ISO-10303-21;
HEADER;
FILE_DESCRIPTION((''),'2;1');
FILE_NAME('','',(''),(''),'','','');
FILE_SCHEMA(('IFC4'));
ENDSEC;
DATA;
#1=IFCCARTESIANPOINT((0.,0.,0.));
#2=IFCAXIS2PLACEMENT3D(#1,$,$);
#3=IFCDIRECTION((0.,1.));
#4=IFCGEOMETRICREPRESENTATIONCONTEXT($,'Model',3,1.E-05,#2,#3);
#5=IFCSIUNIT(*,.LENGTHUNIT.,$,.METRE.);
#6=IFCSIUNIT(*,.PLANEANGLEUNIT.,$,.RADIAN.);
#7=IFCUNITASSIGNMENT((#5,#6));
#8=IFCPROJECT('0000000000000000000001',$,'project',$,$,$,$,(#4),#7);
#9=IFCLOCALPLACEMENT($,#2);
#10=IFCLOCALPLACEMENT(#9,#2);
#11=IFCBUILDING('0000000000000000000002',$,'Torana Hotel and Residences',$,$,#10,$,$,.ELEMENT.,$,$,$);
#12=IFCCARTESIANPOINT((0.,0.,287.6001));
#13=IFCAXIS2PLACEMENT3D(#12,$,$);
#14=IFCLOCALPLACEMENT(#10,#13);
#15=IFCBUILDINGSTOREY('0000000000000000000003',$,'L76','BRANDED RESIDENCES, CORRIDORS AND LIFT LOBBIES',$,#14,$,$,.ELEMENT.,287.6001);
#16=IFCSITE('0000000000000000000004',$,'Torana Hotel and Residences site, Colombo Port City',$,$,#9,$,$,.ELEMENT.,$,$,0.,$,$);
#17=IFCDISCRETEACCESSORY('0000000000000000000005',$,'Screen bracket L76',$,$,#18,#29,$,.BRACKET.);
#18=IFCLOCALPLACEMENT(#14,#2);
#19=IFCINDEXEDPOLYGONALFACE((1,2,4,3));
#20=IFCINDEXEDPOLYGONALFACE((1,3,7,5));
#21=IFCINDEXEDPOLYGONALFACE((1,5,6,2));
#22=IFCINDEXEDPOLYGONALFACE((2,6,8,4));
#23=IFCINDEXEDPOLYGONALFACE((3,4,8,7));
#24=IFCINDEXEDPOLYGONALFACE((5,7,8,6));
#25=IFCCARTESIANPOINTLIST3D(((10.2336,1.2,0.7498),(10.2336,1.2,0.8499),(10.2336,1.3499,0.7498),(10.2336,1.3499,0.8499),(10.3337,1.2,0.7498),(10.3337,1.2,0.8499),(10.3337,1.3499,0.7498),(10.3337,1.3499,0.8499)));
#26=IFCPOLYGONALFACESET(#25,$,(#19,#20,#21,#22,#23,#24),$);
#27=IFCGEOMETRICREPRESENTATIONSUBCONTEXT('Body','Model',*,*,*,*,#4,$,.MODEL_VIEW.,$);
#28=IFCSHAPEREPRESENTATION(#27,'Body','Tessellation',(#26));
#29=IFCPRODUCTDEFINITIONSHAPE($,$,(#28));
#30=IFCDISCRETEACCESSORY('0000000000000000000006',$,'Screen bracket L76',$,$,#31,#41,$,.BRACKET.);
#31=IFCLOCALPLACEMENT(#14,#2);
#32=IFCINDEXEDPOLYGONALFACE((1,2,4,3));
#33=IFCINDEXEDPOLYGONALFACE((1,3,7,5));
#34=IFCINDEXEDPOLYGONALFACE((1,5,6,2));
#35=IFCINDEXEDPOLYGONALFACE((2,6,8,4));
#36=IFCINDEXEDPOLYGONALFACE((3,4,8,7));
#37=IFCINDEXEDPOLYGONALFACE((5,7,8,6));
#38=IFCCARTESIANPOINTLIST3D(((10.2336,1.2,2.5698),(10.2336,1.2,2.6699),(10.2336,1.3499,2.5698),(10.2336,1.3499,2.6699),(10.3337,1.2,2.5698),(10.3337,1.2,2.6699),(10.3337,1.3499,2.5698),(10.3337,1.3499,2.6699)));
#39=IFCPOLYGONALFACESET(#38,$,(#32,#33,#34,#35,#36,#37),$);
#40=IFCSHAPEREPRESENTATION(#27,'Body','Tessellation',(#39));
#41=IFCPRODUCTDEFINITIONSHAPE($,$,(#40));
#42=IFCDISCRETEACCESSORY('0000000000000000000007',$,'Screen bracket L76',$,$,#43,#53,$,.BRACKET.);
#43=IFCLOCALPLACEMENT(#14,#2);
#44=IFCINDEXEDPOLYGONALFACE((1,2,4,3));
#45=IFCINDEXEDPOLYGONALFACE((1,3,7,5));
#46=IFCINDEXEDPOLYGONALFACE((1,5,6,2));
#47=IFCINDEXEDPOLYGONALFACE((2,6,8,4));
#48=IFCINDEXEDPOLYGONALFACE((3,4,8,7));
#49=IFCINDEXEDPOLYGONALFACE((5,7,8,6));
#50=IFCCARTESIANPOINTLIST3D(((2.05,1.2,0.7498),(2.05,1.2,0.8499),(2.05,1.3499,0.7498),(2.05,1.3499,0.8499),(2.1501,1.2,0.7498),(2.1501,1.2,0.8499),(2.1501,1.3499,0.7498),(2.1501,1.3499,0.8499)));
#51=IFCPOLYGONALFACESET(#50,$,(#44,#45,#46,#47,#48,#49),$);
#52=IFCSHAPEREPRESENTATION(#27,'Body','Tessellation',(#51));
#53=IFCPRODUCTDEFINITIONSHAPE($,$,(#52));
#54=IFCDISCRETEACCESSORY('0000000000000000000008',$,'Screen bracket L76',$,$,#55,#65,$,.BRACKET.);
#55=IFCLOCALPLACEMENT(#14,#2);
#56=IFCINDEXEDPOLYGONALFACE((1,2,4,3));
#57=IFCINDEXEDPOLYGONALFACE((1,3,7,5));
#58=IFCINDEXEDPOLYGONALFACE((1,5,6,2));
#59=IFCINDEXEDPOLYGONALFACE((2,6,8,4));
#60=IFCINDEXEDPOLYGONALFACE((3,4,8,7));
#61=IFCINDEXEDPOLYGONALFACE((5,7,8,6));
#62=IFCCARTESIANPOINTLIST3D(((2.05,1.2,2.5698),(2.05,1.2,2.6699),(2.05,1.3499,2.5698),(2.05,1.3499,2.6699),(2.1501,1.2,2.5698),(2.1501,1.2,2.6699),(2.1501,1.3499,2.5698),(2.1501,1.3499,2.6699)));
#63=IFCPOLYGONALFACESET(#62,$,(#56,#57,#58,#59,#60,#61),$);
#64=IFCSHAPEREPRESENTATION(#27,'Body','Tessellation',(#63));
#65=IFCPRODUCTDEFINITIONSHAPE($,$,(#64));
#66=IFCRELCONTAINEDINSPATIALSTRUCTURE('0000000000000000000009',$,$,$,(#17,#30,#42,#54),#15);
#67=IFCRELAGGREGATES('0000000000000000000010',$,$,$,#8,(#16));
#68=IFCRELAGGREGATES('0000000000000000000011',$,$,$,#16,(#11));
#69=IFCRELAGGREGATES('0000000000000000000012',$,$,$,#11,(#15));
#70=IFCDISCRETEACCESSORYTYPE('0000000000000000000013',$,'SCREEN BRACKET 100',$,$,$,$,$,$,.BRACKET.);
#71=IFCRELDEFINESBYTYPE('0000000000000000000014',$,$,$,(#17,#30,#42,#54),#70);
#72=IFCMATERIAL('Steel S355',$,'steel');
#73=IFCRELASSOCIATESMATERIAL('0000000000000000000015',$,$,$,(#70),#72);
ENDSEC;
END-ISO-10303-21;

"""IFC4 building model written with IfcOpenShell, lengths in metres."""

from ifc_helpers import new_model, si_unit, direction, frame, origin, origin_2d, place, context, subcontext, project, spatial, rectangle, extrude, material, type_object, element, save


model = new_model("IFC4")

# Units and contexts
model_context = context("Model", 3, precision=1e-05, world=origin(), true_north=direction((0.0, 1.0)))
body_context = subcontext(model_context, "Body", "Model", "MODEL_VIEW")
ifc_project = project(units=[si_unit("LENGTHUNIT", "METRE"), si_unit("PLANEANGLEUNIT", "RADIAN")], contexts=[model_context])

# Site, building, storey
site_placement = place(None, origin())
site = spatial("IfcSite", under=ifc_project, at=site_placement, Name="Torana Hotel and Residences site, Colombo Port City", CompositionType="ELEMENT", RefElevation=0.0)
building_placement = place(site_placement, origin())
building = spatial("IfcBuilding", under=site, at=building_placement, Name="Torana Hotel and Residences", CompositionType="ELEMENT")
storey_placement = place(building_placement, frame((0.0, 0.0, 287.6001)))
storey = spatial("IfcBuildingStorey", under=building, at=storey_placement, Name="L76", Description="BRANDED RESIDENCES, CORRIDORS AND LIFT LOBBIES", CompositionType="ELEMENT", Elevation=287.6001)

# Discrete accessories
ifc_material_1 = material(Name="Steel S355", Category="steel")
discrete_accessory_type = type_object("IfcDiscreteAccessoryType", Name="SCREEN BRACKET 100", PredefinedType="BRACKET", material=ifc_material_1)
for number, where, z_axis, x_axis, name in (
    (1, (10.2837, 1.2749, 0.7498), (0.0, 0.0, 1.0), (-1.0, 0.0, 0.0), "Screen bracket L76"),
    (2, (10.2837, 1.2749, 2.5698), (0.0, 0.0, 1.0), (-1.0, 0.0, 0.0), "Screen bracket L76"),
    (3, (2.1001, 1.2749, 0.7498), (0.0, 0.0, 1.0), (-1.0, 0.0, 0.0), "Screen bracket L76"),
    (4, (2.1001, 1.2749, 2.5698), (0.0, 0.0, 1.0), (-1.0, 0.0, 0.0), "Screen bracket L76"),
):
    element("IfcDiscreteAccessory", number, at=place(storey_placement, frame(where, z_axis=z_axis, x_axis=x_axis)), inside=storey, type_object=discrete_accessory_type, Name=name, PredefinedType="BRACKET", context=body_context, shape_type="SweptSolid", body=[
        extrude(rectangle(XDim=0.1001, YDim=0.1499, at=origin_2d()), origin(), (0.0, 0.0, 1.0), 0.1001),
    ])

save(model, "model.ifc")
